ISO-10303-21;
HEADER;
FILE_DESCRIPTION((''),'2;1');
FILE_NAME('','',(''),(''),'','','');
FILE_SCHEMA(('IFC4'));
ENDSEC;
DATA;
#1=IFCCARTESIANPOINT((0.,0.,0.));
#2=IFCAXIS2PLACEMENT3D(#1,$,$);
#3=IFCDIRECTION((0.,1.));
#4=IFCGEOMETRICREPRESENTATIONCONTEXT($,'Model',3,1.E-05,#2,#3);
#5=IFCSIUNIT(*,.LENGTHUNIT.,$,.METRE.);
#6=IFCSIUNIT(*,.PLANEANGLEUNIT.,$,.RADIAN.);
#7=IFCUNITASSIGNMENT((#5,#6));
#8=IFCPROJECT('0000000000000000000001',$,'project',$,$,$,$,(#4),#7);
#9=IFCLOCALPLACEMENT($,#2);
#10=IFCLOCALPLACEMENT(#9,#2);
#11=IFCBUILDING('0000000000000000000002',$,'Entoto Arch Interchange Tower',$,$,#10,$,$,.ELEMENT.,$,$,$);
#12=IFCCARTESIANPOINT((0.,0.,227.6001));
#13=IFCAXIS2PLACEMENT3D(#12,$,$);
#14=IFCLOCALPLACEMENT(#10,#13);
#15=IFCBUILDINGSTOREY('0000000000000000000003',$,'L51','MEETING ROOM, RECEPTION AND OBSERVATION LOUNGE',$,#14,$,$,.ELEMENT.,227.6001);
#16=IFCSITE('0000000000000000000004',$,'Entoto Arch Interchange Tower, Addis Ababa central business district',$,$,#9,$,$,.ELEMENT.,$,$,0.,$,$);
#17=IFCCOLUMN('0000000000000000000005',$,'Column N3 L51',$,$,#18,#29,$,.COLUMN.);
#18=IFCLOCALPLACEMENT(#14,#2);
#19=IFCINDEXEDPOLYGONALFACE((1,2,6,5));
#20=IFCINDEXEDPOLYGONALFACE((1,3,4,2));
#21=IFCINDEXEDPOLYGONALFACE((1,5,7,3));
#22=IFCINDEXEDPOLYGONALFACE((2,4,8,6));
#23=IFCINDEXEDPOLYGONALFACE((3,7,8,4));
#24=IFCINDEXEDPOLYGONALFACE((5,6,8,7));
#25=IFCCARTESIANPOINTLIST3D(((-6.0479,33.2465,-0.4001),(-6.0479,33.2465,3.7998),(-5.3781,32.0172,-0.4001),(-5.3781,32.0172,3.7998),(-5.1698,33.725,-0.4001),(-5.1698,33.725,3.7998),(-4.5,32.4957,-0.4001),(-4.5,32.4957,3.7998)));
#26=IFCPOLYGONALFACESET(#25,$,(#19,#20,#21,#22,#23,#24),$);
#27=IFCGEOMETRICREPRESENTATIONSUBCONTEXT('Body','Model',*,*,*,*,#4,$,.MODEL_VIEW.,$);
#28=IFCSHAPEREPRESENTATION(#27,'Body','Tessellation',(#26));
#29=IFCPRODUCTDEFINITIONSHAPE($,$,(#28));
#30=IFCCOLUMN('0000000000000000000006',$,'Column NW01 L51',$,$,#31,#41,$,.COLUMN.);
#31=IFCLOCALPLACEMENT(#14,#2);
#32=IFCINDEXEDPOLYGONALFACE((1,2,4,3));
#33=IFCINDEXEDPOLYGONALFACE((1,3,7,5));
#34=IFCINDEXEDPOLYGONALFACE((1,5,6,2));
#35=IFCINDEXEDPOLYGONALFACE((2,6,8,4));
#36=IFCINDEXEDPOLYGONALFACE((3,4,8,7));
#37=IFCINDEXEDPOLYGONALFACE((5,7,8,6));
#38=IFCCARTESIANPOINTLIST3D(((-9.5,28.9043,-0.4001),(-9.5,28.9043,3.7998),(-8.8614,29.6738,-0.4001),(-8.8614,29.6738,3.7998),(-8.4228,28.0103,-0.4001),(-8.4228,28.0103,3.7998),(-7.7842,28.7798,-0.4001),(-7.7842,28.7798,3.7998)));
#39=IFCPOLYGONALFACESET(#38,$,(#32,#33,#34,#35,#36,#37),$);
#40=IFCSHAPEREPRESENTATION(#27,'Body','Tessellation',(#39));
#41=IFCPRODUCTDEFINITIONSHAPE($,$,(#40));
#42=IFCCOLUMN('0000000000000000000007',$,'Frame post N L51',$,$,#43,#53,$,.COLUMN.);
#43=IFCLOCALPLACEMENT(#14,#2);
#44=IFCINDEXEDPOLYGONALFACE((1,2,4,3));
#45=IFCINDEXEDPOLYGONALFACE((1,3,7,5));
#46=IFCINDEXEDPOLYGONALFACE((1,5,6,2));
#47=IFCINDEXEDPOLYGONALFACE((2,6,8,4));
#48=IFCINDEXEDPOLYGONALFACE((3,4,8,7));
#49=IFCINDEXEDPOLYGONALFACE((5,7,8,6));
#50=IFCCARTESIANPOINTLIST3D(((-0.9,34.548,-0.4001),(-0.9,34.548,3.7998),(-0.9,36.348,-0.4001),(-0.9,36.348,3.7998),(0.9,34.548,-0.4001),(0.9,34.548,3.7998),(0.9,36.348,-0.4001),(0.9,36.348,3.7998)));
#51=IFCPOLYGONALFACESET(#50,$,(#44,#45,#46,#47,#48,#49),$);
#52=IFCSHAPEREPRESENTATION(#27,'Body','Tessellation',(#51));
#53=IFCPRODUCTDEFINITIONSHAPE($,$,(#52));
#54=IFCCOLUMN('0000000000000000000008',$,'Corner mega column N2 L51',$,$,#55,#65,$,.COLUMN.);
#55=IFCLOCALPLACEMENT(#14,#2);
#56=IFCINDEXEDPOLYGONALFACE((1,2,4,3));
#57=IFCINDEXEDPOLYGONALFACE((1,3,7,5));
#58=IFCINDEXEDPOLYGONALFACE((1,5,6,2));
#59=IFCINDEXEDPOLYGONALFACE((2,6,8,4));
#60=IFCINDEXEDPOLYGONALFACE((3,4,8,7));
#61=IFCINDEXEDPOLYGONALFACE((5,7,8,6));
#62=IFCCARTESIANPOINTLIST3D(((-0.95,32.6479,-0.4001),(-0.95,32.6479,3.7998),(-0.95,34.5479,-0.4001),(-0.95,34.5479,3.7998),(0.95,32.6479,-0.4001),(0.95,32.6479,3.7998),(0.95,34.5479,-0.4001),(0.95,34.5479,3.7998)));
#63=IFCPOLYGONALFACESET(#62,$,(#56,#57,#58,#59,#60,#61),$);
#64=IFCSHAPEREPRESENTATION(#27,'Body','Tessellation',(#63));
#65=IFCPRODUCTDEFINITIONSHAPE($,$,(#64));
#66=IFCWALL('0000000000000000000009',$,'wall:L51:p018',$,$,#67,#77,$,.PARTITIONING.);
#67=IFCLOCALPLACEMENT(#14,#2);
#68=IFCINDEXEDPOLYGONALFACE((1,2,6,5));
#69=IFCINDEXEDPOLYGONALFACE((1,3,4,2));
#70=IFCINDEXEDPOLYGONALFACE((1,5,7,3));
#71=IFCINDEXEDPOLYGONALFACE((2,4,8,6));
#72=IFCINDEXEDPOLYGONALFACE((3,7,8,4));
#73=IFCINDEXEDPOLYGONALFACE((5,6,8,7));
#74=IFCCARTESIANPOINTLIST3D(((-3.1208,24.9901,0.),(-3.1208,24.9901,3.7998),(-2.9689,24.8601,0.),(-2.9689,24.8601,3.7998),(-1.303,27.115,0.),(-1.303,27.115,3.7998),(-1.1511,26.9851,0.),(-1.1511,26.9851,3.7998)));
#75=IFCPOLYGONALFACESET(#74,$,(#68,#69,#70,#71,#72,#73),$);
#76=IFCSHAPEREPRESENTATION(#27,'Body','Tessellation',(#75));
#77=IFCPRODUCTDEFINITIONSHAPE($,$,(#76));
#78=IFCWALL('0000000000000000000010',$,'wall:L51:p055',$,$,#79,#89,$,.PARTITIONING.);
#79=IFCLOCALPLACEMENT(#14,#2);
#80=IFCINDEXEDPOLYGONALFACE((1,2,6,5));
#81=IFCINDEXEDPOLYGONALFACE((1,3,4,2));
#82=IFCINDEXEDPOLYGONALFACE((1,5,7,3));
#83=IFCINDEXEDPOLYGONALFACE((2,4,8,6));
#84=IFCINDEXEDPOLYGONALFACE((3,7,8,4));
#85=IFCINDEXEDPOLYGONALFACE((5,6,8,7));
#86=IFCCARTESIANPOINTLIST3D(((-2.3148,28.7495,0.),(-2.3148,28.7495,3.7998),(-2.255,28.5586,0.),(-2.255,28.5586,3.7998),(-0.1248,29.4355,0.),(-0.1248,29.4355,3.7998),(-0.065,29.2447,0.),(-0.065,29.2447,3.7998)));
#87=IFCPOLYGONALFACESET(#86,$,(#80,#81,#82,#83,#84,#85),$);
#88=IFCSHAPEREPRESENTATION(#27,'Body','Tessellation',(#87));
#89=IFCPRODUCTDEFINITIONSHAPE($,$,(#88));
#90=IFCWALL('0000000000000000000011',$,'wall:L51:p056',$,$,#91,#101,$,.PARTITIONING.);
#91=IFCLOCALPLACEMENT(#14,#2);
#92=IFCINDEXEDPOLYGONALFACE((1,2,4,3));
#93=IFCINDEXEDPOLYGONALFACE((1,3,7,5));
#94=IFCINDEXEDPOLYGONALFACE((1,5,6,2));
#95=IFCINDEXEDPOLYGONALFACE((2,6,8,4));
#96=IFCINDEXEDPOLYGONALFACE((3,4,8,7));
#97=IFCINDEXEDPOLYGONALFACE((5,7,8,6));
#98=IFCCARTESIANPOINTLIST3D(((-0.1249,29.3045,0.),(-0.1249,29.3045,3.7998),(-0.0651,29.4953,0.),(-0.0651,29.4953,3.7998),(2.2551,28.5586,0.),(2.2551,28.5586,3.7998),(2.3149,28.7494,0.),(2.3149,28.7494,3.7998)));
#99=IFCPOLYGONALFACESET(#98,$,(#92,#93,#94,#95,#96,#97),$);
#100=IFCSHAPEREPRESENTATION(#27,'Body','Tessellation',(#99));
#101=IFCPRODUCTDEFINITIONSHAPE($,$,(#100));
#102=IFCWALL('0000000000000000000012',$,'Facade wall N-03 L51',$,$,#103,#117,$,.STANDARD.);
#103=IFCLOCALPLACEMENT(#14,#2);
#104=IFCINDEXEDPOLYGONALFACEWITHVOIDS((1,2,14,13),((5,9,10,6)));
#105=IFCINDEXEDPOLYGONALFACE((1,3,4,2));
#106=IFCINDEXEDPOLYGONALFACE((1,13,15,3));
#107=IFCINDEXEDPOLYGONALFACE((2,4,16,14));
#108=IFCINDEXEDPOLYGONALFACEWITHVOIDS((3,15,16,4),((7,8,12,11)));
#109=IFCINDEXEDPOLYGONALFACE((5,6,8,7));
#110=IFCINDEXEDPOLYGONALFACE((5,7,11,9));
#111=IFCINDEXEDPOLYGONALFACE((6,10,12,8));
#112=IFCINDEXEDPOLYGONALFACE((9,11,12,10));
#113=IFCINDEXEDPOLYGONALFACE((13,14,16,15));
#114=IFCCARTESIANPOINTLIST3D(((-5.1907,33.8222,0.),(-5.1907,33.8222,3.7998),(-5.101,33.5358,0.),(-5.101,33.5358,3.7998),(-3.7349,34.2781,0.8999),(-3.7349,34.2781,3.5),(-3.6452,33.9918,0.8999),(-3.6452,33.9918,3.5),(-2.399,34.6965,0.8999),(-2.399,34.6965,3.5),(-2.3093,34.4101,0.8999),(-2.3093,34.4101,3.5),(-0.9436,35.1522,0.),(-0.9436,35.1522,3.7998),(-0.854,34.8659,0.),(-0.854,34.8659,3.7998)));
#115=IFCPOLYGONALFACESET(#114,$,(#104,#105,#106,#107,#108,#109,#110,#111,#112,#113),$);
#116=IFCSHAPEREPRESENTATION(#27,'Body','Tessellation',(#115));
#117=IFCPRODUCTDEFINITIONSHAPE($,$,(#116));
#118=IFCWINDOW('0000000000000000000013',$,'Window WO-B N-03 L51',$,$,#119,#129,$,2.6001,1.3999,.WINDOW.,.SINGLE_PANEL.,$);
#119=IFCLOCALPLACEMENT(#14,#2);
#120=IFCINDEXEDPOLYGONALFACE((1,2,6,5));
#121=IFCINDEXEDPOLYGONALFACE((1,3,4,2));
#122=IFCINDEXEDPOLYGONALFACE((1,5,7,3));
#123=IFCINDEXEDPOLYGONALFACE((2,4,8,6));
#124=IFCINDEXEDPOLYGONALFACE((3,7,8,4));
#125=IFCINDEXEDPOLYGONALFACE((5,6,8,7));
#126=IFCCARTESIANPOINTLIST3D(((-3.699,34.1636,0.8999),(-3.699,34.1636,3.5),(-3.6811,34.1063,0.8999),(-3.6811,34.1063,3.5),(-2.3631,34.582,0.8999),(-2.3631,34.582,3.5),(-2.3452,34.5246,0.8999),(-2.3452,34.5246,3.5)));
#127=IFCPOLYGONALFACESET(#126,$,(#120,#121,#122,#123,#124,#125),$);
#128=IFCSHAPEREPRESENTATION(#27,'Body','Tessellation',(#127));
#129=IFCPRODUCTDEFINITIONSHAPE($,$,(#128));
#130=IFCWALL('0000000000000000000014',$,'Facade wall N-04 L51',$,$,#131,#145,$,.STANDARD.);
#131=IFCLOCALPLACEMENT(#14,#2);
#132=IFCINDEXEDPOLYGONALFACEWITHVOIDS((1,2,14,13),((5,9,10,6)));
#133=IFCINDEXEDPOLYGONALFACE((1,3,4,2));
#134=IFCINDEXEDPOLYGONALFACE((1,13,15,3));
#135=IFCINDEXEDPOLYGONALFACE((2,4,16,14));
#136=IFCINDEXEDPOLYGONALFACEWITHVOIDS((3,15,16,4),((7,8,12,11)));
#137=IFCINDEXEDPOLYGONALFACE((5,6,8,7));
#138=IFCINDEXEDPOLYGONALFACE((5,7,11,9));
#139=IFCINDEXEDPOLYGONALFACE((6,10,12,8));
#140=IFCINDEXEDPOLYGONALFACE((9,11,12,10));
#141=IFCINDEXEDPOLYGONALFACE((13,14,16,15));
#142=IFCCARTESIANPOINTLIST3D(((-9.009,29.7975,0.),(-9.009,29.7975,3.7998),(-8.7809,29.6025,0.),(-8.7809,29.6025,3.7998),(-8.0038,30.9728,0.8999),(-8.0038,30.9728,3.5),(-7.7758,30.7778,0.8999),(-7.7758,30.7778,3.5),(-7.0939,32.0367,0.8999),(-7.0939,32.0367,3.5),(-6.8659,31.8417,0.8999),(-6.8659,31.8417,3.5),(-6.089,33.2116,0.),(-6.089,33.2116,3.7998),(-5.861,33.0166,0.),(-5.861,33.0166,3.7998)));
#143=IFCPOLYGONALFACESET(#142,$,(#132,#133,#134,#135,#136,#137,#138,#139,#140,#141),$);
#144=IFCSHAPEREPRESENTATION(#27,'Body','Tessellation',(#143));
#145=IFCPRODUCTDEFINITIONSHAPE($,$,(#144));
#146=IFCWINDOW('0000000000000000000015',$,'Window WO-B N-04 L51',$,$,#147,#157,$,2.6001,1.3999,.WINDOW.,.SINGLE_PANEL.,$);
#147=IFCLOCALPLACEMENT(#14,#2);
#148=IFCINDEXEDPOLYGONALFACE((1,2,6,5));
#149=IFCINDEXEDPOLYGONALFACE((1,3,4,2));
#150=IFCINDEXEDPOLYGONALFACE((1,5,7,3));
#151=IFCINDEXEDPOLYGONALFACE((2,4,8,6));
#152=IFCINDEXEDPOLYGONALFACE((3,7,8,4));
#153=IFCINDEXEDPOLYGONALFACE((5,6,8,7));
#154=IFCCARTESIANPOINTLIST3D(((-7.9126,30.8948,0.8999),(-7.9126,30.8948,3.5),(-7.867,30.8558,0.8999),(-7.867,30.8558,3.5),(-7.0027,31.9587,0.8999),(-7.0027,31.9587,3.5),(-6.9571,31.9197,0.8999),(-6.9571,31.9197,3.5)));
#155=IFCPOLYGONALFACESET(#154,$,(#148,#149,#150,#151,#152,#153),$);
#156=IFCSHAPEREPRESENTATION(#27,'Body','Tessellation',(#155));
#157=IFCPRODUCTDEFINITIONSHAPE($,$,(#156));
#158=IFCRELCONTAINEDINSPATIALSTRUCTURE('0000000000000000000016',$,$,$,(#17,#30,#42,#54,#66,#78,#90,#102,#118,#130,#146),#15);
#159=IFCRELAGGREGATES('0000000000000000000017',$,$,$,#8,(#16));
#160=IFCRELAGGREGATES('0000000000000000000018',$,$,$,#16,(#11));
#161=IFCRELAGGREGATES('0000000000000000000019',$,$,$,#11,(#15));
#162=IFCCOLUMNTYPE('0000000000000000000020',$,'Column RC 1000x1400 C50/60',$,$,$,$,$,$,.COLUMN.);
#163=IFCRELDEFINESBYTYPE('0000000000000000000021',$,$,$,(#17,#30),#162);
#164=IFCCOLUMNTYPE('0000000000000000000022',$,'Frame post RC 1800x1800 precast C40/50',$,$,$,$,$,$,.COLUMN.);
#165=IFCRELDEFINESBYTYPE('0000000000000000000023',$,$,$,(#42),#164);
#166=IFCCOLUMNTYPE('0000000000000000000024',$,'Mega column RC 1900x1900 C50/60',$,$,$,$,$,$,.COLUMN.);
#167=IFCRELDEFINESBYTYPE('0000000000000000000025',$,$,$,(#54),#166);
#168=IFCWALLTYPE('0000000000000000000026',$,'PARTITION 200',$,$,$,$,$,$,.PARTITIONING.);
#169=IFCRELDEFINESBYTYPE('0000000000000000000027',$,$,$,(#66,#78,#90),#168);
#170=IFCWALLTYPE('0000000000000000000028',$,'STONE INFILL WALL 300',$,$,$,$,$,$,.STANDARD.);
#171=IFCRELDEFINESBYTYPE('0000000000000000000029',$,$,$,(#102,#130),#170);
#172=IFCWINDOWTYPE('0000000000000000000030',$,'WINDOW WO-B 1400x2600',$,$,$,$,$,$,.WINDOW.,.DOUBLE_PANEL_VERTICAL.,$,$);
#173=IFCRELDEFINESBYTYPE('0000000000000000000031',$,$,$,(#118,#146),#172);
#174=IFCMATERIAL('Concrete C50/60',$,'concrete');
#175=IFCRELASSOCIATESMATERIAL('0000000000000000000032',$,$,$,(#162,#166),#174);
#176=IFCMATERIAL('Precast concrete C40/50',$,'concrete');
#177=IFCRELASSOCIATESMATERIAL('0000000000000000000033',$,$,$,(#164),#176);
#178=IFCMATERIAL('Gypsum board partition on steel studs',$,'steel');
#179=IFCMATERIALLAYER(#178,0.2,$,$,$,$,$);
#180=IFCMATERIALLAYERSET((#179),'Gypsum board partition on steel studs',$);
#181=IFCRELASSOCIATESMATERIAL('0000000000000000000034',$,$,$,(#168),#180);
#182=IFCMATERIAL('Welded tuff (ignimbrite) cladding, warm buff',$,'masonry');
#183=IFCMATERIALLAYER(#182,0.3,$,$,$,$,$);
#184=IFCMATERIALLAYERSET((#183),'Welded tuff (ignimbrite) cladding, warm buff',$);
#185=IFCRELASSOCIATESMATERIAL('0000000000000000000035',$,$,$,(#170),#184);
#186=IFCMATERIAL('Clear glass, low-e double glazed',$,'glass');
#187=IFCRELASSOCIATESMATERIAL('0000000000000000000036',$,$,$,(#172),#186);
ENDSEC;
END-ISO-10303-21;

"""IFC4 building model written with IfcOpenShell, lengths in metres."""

from ifc_helpers import new_model, si_unit, direction, frame, frame_2d, origin, origin_2d, place, context, subcontext, project, spatial, rectangle, extrude, material, layer, layer_set, material_profile, profile_set, type_object, element, fill, save


model = new_model("IFC4")

# Units and contexts
model_context = context("Model", 3, precision=1e-05, world=origin(), true_north=direction((0.0, 1.0)))
body_context = subcontext(model_context, "Body", "Model", "MODEL_VIEW")
ifc_project = project(units=[si_unit("LENGTHUNIT", "METRE"), si_unit("PLANEANGLEUNIT", "RADIAN")], contexts=[model_context])

# Site, building, storey
site_placement = place(None, origin())
site = spatial("IfcSite", under=ifc_project, at=site_placement, Name="Entoto Arch Interchange Tower, Addis Ababa central business district", CompositionType="ELEMENT", RefElevation=0.0)
building_placement = place(site_placement, origin())
building = spatial("IfcBuilding", under=site, at=building_placement, Name="Entoto Arch Interchange Tower", CompositionType="ELEMENT")
storey_placement = place(building_placement, frame((0.0, 0.0, 227.6001)))
storey = spatial("IfcBuildingStorey", under=building, at=storey_placement, Name="L51", Description="MEETING ROOM, RECEPTION AND OBSERVATION LOUNGE", CompositionType="ELEMENT", Elevation=227.6001)

# Columns
ifc_material_1 = material(Name="Concrete C50/60", Category="concrete")
ifc_material_profile_1 = material_profile(ifc_material_1, rectangle(XDim=1.0, YDim=1.3999, at=origin_2d()))
ifc_profile_set_1 = profile_set([ifc_material_profile_1], Name="Concrete C50/60")
column_type_1 = type_object("IfcColumnType", Name="Column RC 1000x1400 C50/60", PredefinedType="COLUMN", material=ifc_profile_set_1)
for number, where, z_axis, x_axis, name in (
    (1, (-5.2739, 32.8711, -0.4001), (0.0, 0.0, 1.0), (0.8781, 0.478477, 0.0), "Column N3 L51"),
    (2, (-8.6421, 28.842, -0.4001), (0.0, 0.0, 1.0), (0.63866, 0.769489, 0.0), "Column NW01 L51"),
):
    element("IfcColumn", number, at=place(storey_placement, frame(where, z_axis=z_axis, x_axis=x_axis)), inside=storey, type_object=column_type_1, Name=name, PredefinedType="COLUMN", context=body_context, shape_type="SweptSolid", body=[
        extrude(rectangle(XDim=1.0, YDim=1.3999, at=origin_2d()), origin(), (0.0, 0.0, 1.0), 4.2),
    ])
ifc_material_2 = material(Name="Precast concrete C40/50", Category="concrete")
ifc_material_profile_2 = material_profile(ifc_material_2, rectangle(XDim=1.8, YDim=1.8, at=origin_2d()))
ifc_profile_set_2 = profile_set([ifc_material_profile_2], Name="Precast concrete C40/50")
column_type_2 = type_object("IfcColumnType", Name="Frame post RC 1800x1800 precast C40/50", PredefinedType="COLUMN", material=ifc_profile_set_2)
column_1_placement = place(storey_placement, frame((0.0, 35.448, -0.4001), z_axis=(0.0, 0.0, 1.0), x_axis=(0.0, 1.0, 0.0)))
element("IfcColumn", 3, at=column_1_placement, inside=storey, type_object=column_type_2, Name="Frame post N L51", PredefinedType="COLUMN", context=body_context, shape_type="SweptSolid", body=[
    extrude(rectangle(XDim=1.8, YDim=1.8, at=origin_2d()), origin(), (0.0, 0.0, 1.0), 4.2),
])
ifc_material_profile_3 = material_profile(ifc_material_1, rectangle(XDim=1.8999, YDim=1.8999, at=origin_2d()))
ifc_profile_set_3 = profile_set([ifc_material_profile_3], Name="Concrete C50/60")
column_type_3 = type_object("IfcColumnType", Name="Mega column RC 1900x1900 C50/60", PredefinedType="COLUMN", material=ifc_profile_set_3)
column_2_placement = place(storey_placement, frame((0.0, 33.5979, -0.4001), z_axis=(0.0, 0.0, 1.0), x_axis=(0.0, 1.0, 0.0)))
element("IfcColumn", 4, at=column_2_placement, inside=storey, type_object=column_type_3, Name="Corner mega column N2 L51", PredefinedType="COLUMN", context=body_context, shape_type="SweptSolid", body=[
    extrude(rectangle(XDim=1.8999, YDim=1.8999, at=origin_2d()), origin(), (0.0, 0.0, 1.0), 4.2),
])

# Walls
ifc_material_3 = material(Name="Gypsum board partition on steel studs", Category="steel")
ifc_layer_1 = layer(ifc_material_3, 0.2)
ifc_layer_set_1 = layer_set([ifc_layer_1], Name="Gypsum board partition on steel studs")
wall_type_1 = type_object("IfcWallType", Name="PARTITION 200", PredefinedType="PARTITIONING", material=ifc_layer_set_1)
wall_1_placement = place(storey_placement, frame((-1.2271, 27.05, 0.0), z_axis=(0.0, 0.0, 1.0), x_axis=(-0.650058, -0.759885, 0.0)))
element("IfcWall", 5, at=wall_1_placement, inside=storey, type_object=wall_type_1, Name="wall:L51:p018", PredefinedType="PARTITIONING", context=body_context, shape_type="SweptSolid", body=[
    extrude(rectangle(XDim=2.7964, YDim=0.2, at=frame_2d((1.3982, 0.0))), origin(), (0.0, 0.0, 1.0), 3.7998),
])
wall_2_placement = place(storey_placement, frame((-2.2849, 28.6541, 0.0), z_axis=(0.0, 0.0, 1.0), x_axis=(0.954272, 0.298941, 0.0)))
element("IfcWall", 6, at=wall_2_placement, inside=storey, type_object=wall_type_1, Name="wall:L51:p055", PredefinedType="PARTITIONING", context=body_context, shape_type="SweptSolid", body=[
    extrude(rectangle(XDim=2.2949, YDim=0.2, at=frame_2d((1.1475, 0.0))), origin(), (0.0, 0.0, 1.0), 3.7998),
])
wall_3_placement = place(storey_placement, frame((-0.095, 29.3999, 0.0), z_axis=(0.0, 0.0, 1.0), x_axis=(0.954236, -0.299055, 0.0)))
element("IfcWall", 7, at=wall_3_placement, inside=storey, type_object=wall_type_1, Name="wall:L51:p056", PredefinedType="PARTITIONING", context=body_context, shape_type="SweptSolid", body=[
    extrude(rectangle(XDim=2.4941, YDim=0.2, at=frame_2d((1.2471, 0.0))), origin(), (0.0, 0.0, 1.0), 3.7998),
])

# Walls, openings, windows
ifc_material_4 = material(Name="Welded tuff (ignimbrite) cladding, warm buff", Category="masonry")
ifc_layer_2 = layer(ifc_material_4, 0.3)
ifc_layer_set_2 = layer_set([ifc_layer_2], Name="Welded tuff (ignimbrite) cladding, warm buff")
wall_type_2 = type_object("IfcWallType", Name="STONE INFILL WALL 300", PredefinedType="STANDARD", material=ifc_layer_set_2)
wall_4_placement = place(storey_placement, frame((-0.8989, 35.009, 0.0), z_axis=(0.0, 0.0, 1.0), x_axis=(-0.954296, -0.298862, 0.0)))
wall_4 = element("IfcWall", 8, at=wall_4_placement, inside=storey, type_object=wall_type_2, Name="Facade wall N-03 L51", PredefinedType="STANDARD", context=body_context, shape_type="SweptSolid", body=[
    extrude(rectangle(XDim=4.4504, YDim=0.3, at=frame_2d((2.2251, 0.0))), origin(), (0.0, 0.0, 1.0), 3.7998),
])
opening_1_placement = place(wall_4_placement, frame((1.5249, 0.0, 0.8999)))
opening_1 = element("IfcOpeningElement", 9, at=opening_1_placement, cuts=wall_4, PredefinedType="OPENING", context=body_context, shape_type="SweptSolid", body=[
    extrude(rectangle(XDim=1.3999, YDim=2.6001, at=frame_2d((0.7, 1.3))), frame((0.0, 0.1602, 0.0), z_axis=(0.0, -1.0, 0.0), x_axis=(1.0, 0.0, 0.0)), (0.0, 0.0, 1.0), 0.3201),
])
ifc_material_5 = material(Name="Clear glass, low-e double glazed", Category="glass")
window_type_1 = type_object("IfcWindowType", Name="WINDOW WO-B 1400x2600", PartitioningType="DOUBLE_PANEL_VERTICAL", PredefinedType="WINDOW", material=ifc_material_5)
window_1_placement = place(opening_1_placement, origin())
window_1 = element("IfcWindow", 10, at=window_1_placement, inside=storey, type_object=window_type_1, Name="Window WO-B N-03 L51", OverallHeight=2.6001, OverallWidth=1.3999, PartitioningType="SINGLE_PANEL", PredefinedType="WINDOW", context=body_context, shape_type="SweptSolid", body=[
    extrude(rectangle(XDim=1.3999, YDim=2.6001, at=frame_2d((0.7, 1.3))), frame((0.0, 0.03, 0.0), z_axis=(0.0, -1.0, 0.0), x_axis=(1.0, 0.0, 0.0)), (0.0, 0.0, 1.0), 0.0601),
])
fill(opening_1, window_1)
wall_5_placement = place(storey_placement, frame((-5.9751, 33.114, 0.0), z_axis=(0.0, 0.0, 1.0), x_axis=(-0.649968, -0.759962, 0.0)))
wall_5 = element("IfcWall", 11, at=wall_5_placement, inside=storey, type_object=wall_type_2, Name="Facade wall N-04 L51", PredefinedType="STANDARD", context=body_context, shape_type="SweptSolid", body=[
    extrude(rectangle(XDim=4.4924, YDim=0.3, at=frame_2d((2.2461, 0.0))), origin(), (0.0, 0.0, 1.0), 3.7998),
])
opening_2_placement = place(wall_5_placement, frame((1.5459, 0.0, 0.8999)))
opening_2 = element("IfcOpeningElement", 12, at=opening_2_placement, cuts=wall_5, PredefinedType="OPENING", context=body_context, shape_type="SweptSolid", body=[
    extrude(rectangle(XDim=1.3999, YDim=2.6001, at=frame_2d((0.7, 1.3))), frame((0.0, 0.1602, 0.0), z_axis=(0.0, -1.0, 0.0), x_axis=(1.0, 0.0, 0.0)), (0.0, 0.0, 1.0), 0.3201),
])
window_2_placement = place(opening_2_placement, origin())
window_2 = element("IfcWindow", 13, at=window_2_placement, inside=storey, type_object=window_type_1, Name="Window WO-B N-04 L51", OverallHeight=2.6001, OverallWidth=1.3999, PartitioningType="SINGLE_PANEL", PredefinedType="WINDOW", context=body_context, shape_type="SweptSolid", body=[
    extrude(rectangle(XDim=1.3999, YDim=2.6001, at=frame_2d((0.7, 1.3))), frame((0.0, 0.03, 0.0), z_axis=(0.0, -1.0, 0.0), x_axis=(1.0, 0.0, 0.0)), (0.0, 0.0, 1.0), 0.0601),
])
fill(opening_2, window_2)

save(model, "model.ifc")
